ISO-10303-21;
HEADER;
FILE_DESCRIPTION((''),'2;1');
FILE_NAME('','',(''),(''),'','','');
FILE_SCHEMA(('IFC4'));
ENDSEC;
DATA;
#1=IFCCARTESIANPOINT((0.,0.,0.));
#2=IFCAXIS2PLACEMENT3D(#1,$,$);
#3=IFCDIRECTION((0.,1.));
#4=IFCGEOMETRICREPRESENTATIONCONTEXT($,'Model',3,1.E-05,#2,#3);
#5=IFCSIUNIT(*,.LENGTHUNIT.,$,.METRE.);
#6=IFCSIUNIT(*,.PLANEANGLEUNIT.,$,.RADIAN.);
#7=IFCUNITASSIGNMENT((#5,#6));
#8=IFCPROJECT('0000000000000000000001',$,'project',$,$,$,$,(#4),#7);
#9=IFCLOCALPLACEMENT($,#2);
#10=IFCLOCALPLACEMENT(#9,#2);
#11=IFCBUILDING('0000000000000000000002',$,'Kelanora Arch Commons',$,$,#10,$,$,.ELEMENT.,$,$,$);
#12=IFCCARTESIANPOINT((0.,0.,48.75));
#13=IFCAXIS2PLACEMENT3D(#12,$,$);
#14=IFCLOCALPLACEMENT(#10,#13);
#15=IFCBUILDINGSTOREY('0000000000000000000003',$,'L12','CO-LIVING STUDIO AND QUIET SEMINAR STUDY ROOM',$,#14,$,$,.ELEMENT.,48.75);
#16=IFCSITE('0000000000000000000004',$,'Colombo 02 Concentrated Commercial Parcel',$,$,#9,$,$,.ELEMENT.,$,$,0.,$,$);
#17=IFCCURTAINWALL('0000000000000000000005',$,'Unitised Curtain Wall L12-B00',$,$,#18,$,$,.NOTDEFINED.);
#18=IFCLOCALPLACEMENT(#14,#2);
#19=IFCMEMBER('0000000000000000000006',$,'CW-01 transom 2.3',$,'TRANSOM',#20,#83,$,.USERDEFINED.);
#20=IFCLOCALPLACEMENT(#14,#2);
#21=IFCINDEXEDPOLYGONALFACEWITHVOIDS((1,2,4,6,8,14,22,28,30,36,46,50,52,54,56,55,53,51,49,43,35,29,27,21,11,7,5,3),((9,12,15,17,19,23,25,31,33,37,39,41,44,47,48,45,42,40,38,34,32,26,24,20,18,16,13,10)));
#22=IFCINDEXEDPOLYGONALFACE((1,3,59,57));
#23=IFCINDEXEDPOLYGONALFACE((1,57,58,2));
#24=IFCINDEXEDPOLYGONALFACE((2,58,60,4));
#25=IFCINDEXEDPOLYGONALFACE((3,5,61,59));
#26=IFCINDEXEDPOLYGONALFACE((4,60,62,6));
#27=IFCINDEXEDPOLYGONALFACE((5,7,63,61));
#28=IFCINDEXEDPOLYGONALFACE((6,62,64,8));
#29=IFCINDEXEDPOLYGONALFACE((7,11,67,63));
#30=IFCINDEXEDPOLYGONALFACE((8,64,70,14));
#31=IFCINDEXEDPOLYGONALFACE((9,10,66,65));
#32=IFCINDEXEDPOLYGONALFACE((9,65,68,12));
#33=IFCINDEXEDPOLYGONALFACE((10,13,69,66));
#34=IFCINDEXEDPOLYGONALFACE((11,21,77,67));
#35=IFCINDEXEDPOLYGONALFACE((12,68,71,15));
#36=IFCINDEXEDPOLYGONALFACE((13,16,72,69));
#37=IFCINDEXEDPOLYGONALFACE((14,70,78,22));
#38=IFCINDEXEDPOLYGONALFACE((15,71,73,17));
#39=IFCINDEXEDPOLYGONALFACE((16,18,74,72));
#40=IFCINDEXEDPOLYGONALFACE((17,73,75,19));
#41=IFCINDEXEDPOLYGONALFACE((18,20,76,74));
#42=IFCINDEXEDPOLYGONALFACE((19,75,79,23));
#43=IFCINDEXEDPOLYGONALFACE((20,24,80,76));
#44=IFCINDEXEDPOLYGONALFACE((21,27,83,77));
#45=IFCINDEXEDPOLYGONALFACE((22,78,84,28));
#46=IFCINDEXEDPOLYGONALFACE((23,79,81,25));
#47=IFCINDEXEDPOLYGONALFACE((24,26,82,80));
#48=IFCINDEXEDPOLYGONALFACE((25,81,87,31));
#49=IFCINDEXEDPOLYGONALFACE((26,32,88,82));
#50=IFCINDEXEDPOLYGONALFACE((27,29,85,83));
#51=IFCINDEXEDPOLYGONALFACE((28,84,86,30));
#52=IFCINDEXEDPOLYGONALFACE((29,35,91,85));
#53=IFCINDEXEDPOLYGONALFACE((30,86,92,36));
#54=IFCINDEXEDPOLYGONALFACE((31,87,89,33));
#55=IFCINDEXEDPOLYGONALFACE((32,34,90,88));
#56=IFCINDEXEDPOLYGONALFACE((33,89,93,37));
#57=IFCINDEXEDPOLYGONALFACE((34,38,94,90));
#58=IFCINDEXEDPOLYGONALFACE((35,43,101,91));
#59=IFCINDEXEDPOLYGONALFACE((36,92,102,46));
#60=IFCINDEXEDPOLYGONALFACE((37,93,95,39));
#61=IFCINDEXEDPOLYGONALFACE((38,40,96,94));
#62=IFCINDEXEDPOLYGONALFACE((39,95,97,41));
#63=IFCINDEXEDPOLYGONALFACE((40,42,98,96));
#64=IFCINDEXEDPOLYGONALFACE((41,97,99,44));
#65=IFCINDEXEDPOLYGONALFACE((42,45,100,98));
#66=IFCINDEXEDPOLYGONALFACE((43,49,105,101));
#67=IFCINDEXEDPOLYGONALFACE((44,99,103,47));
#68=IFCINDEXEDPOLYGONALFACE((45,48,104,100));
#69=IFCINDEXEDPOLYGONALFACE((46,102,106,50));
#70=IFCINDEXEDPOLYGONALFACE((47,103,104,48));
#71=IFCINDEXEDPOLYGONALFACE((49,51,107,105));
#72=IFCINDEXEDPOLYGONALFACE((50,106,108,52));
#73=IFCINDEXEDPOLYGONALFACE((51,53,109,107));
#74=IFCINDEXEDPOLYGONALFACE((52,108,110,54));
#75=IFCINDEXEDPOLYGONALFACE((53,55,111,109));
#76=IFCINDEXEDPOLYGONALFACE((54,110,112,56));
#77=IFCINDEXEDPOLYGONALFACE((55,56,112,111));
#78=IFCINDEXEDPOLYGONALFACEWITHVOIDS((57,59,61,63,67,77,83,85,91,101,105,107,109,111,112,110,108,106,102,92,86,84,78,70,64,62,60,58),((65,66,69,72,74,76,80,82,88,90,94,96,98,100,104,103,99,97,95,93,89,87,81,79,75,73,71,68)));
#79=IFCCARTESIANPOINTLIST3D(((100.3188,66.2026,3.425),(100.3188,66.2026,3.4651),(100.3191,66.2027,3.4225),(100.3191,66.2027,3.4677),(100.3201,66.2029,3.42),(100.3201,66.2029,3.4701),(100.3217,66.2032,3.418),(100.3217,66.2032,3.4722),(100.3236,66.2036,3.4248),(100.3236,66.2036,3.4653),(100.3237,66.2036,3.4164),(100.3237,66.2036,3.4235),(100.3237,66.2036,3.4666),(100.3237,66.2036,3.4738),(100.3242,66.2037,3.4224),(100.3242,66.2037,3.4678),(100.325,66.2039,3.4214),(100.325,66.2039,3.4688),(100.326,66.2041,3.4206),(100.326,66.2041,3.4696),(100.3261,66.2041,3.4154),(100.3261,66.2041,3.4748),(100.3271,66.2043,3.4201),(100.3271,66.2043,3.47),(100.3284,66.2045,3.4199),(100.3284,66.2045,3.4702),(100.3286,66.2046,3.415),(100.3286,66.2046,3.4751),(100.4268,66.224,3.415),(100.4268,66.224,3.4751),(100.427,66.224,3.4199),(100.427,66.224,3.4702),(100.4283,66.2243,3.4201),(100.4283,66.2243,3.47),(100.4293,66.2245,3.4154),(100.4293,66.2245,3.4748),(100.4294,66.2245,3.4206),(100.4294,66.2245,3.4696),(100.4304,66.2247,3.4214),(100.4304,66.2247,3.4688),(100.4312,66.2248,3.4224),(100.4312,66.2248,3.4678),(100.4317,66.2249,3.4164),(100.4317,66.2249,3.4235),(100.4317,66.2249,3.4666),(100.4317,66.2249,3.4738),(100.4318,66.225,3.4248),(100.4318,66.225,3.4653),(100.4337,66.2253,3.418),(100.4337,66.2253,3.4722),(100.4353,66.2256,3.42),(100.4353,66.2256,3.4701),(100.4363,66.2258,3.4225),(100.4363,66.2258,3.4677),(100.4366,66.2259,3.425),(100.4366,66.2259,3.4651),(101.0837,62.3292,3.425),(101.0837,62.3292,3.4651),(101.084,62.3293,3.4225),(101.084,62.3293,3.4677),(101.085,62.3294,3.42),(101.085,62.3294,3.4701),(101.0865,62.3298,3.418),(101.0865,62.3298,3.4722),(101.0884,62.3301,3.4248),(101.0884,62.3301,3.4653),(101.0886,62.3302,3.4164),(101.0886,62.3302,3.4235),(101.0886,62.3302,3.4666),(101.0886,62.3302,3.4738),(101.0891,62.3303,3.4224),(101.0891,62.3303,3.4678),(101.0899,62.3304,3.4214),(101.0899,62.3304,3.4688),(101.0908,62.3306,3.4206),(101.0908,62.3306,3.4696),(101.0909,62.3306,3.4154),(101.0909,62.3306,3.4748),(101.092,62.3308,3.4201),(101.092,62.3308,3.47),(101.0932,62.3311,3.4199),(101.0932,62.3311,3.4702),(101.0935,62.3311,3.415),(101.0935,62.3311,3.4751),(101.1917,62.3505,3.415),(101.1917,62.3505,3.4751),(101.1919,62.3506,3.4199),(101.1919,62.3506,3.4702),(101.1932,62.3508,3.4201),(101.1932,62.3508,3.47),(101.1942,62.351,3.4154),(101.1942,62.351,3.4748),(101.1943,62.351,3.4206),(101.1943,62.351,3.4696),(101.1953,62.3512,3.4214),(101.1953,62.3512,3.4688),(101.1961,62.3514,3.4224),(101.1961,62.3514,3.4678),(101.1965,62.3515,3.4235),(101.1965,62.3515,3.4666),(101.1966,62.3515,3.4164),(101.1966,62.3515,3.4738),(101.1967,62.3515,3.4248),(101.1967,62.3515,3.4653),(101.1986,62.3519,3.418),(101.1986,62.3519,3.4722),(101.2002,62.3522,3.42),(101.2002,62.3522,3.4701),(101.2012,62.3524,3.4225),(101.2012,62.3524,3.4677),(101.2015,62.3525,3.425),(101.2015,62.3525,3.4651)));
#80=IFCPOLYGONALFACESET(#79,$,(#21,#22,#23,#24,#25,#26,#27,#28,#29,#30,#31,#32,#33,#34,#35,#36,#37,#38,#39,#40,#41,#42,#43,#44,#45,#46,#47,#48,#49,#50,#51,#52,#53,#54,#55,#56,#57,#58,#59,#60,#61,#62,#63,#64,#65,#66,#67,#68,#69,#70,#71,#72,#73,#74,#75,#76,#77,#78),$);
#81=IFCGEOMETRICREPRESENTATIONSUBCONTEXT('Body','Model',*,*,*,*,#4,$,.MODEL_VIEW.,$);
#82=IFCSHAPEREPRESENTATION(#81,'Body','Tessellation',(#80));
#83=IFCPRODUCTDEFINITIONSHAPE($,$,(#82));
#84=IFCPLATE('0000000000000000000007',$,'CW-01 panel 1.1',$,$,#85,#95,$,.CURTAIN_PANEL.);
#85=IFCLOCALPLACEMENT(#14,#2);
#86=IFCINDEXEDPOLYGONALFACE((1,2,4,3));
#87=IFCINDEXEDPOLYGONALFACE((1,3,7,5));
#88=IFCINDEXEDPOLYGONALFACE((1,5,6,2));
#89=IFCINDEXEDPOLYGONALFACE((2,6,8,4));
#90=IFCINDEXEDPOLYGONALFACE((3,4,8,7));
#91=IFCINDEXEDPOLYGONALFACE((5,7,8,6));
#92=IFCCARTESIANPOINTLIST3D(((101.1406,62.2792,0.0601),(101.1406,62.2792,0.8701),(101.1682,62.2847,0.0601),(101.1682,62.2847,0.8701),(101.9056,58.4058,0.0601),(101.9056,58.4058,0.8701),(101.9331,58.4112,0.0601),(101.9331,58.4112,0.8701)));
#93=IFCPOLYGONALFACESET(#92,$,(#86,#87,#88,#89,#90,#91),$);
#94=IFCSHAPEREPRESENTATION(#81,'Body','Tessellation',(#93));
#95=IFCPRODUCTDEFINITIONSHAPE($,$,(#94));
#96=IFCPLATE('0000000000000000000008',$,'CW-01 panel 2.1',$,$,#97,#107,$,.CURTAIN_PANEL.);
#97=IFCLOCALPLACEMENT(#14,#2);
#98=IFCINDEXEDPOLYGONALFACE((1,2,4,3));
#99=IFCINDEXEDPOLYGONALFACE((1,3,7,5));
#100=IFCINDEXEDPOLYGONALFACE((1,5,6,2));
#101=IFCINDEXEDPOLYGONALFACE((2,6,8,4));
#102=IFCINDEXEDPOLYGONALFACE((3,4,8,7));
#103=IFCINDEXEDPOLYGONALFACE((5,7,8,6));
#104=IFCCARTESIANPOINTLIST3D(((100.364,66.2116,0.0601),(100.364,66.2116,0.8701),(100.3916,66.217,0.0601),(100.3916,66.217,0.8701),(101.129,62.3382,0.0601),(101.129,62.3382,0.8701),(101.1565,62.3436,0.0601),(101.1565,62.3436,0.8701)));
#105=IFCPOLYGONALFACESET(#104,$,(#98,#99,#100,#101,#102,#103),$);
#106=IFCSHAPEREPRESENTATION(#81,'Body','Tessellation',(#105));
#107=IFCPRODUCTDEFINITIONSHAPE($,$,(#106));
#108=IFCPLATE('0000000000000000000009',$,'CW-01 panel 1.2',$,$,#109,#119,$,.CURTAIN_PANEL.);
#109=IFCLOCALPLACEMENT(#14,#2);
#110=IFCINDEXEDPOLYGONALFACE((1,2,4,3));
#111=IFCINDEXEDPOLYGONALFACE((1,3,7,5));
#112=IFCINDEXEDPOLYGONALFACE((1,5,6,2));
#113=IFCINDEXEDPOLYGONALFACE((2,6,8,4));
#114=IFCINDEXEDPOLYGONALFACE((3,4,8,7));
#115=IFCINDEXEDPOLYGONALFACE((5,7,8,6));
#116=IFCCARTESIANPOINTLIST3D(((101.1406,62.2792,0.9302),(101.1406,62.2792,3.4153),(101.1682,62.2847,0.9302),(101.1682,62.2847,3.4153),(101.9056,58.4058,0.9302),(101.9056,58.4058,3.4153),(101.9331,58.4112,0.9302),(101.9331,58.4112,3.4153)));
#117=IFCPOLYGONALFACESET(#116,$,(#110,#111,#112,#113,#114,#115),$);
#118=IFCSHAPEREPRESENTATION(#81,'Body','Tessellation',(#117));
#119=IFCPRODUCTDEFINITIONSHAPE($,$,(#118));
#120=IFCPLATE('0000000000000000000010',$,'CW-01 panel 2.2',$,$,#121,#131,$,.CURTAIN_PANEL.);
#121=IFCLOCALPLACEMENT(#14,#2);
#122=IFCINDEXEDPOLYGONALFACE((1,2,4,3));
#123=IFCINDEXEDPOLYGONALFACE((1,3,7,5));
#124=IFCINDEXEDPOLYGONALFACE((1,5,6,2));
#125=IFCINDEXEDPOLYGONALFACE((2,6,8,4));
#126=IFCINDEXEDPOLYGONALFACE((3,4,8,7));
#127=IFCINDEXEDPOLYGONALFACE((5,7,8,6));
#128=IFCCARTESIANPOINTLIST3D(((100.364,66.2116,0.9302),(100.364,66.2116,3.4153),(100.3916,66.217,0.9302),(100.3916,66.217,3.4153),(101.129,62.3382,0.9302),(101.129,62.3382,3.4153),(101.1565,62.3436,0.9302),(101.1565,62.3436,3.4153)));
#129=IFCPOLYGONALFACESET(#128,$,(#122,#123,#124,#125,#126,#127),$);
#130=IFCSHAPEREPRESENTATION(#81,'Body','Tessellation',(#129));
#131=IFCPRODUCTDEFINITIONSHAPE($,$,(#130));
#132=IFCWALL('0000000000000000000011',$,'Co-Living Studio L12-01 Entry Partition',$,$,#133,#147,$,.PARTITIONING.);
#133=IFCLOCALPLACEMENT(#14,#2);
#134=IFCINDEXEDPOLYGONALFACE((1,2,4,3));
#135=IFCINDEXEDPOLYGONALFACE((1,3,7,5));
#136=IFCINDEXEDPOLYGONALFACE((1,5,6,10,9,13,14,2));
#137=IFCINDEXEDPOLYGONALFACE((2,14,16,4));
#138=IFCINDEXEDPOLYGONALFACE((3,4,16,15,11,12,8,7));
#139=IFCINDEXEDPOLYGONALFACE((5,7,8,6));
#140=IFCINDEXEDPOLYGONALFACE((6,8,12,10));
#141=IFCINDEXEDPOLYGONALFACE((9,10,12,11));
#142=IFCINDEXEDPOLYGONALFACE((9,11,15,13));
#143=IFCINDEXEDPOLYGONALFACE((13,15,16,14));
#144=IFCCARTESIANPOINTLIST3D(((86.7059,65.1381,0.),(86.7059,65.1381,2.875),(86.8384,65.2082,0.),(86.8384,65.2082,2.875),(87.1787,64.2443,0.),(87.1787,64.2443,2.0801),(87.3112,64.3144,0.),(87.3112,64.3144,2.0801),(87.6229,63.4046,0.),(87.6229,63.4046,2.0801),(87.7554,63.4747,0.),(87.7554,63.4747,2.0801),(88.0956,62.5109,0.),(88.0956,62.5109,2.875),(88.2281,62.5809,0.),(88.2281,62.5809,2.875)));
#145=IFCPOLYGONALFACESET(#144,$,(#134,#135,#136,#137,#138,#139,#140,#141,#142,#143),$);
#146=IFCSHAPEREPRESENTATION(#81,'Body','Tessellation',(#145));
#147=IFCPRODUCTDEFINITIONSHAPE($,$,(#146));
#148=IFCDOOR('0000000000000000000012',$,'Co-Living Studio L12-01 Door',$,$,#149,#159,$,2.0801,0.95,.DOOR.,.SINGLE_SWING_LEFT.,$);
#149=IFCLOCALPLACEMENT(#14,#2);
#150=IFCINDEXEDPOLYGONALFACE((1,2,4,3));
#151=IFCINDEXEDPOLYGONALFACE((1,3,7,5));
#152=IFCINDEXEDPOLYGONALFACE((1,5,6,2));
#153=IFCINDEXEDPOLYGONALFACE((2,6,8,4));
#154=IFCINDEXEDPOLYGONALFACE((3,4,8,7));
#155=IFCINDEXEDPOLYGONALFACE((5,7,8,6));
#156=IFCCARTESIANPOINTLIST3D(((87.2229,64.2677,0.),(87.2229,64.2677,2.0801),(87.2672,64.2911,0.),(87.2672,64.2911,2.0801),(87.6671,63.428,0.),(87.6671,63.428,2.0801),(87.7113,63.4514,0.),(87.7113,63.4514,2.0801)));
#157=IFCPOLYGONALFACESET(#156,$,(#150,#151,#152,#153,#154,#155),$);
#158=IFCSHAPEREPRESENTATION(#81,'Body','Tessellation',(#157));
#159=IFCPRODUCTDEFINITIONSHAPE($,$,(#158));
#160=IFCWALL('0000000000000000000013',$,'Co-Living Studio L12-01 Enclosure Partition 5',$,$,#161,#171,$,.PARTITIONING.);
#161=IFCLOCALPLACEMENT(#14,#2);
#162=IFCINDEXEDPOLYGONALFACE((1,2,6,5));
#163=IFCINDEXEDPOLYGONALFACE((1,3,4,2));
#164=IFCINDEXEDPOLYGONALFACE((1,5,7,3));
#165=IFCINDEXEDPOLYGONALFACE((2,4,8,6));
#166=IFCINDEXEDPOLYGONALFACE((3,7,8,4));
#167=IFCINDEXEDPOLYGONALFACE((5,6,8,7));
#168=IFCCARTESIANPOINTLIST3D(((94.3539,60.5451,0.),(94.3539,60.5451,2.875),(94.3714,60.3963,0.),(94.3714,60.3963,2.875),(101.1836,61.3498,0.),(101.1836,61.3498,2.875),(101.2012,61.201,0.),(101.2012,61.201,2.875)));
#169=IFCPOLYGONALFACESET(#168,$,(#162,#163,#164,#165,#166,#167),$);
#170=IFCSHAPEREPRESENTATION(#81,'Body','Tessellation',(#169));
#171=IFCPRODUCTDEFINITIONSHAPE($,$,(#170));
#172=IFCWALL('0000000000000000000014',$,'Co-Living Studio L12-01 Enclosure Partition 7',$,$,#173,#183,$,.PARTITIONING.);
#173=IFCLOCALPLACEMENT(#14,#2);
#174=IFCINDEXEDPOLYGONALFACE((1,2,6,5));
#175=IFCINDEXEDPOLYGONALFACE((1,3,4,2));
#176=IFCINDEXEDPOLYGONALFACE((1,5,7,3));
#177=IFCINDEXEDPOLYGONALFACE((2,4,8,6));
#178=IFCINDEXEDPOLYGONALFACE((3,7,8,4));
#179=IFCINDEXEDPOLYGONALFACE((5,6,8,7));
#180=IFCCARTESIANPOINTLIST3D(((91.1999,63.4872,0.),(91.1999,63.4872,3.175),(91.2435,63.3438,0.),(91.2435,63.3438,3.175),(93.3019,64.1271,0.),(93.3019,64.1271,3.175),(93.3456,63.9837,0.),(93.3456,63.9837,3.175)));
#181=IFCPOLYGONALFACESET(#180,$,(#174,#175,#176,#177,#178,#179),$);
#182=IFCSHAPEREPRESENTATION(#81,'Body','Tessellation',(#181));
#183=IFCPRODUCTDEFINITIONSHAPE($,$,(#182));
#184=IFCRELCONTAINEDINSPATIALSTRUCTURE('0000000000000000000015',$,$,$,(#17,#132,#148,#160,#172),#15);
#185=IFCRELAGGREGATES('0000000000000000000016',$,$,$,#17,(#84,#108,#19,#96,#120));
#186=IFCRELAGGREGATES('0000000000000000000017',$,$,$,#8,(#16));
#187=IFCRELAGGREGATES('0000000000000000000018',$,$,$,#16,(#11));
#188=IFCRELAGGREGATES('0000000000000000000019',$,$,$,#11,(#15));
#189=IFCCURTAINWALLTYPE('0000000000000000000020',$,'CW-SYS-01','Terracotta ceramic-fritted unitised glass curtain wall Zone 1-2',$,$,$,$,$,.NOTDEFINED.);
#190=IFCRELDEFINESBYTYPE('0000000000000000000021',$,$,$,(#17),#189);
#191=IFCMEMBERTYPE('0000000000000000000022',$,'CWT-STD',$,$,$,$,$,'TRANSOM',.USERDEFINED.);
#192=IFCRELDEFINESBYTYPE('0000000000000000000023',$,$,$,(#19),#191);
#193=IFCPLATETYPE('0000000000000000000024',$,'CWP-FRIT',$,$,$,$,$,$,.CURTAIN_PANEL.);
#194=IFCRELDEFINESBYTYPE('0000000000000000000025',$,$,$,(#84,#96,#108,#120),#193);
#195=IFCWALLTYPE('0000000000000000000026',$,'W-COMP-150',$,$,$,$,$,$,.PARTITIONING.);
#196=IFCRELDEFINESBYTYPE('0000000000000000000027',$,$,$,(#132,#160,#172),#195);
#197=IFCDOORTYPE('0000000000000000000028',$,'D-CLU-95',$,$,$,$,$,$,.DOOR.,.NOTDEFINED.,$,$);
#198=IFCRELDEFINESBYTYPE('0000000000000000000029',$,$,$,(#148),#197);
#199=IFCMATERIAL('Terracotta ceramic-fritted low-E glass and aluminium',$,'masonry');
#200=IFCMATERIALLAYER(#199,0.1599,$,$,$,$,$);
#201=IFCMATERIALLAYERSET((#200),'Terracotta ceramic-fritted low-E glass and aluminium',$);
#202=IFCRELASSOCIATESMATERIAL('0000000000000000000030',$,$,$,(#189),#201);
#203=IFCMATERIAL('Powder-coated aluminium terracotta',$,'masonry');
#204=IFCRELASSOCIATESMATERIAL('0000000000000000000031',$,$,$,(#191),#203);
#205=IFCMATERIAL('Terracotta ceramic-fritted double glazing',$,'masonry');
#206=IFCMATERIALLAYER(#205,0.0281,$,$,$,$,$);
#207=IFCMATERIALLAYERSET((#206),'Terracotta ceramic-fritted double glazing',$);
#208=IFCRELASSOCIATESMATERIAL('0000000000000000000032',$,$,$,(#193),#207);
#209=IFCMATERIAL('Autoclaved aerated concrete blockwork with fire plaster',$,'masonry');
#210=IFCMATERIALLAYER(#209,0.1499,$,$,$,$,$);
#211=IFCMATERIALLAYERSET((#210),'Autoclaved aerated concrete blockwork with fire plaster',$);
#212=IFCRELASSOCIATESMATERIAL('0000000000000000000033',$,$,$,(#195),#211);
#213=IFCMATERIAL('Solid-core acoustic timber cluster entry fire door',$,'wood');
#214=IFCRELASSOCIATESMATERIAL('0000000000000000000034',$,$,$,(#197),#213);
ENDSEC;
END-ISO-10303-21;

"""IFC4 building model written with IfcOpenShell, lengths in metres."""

from ifc_helpers import new_model, si_unit, direction, frame, frame_2d, origin, origin_2d, place, context, subcontext, project, spatial, rectangle, hollow_rectangle, extrude, source, transform, mapped, material, layer, layer_set, material_profile, profile_set, type_object, element, fill, aggregate, save


model = new_model("IFC4")

# Units and contexts
model_context = context("Model", 3, precision=1e-05, world=origin(), true_north=direction((0.0, 1.0)))
body_context = subcontext(model_context, "Body", "Model", "MODEL_VIEW")
ifc_project = project(units=[si_unit("LENGTHUNIT", "METRE"), si_unit("PLANEANGLEUNIT", "RADIAN")], contexts=[model_context])

# Site, building, storey
site_placement = place(None, origin())
site = spatial("IfcSite", under=ifc_project, at=site_placement, Name="Colombo 02 Concentrated Commercial Parcel", CompositionType="ELEMENT", RefElevation=0.0)
building_placement = place(site_placement, origin())
building = spatial("IfcBuilding", under=site, at=building_placement, Name="Kelanora Arch Commons", CompositionType="ELEMENT")
storey_placement = place(building_placement, frame((0.0, 0.0, 48.75)))
storey = spatial("IfcBuildingStorey", under=building, at=storey_placement, Name="L12", Description="CO-LIVING STUDIO AND QUIET SEMINAR STUDY ROOM", CompositionType="ELEMENT", Elevation=48.75)

# Curtain wall, member, plates
ifc_material_1 = material(Name="Terracotta ceramic-fritted low-E glass and aluminium", Category="masonry")
ifc_layer_1 = layer(ifc_material_1, 0.1599)
ifc_layer_set_1 = layer_set([ifc_layer_1], Name="Terracotta ceramic-fritted low-E glass and aluminium")
curtain_wall_type = type_object("IfcCurtainWallType", Name="CW-SYS-01", Description="Terracotta ceramic-fritted unitised glass curtain wall Zone 1-2", PredefinedType="NOTDEFINED", material=ifc_layer_set_1)
curtain_wall_placement = place(storey_placement, origin())
curtain_wall = element("IfcCurtainWall", 1, at=curtain_wall_placement, inside=storey, type_object=curtain_wall_type, Name="Unitised Curtain Wall L12-B00", PredefinedType="NOTDEFINED")
ifc_material_2 = material(Name="Powder-coated aluminium terracotta", Category="masonry")
ifc_material_profile_1 = material_profile(ifc_material_2, hollow_rectangle(XDim=0.1201, YDim=0.0601, WallThickness=0.0049, InnerFilletRadius=0.0049, OuterFilletRadius=0.01, at=origin_2d()), Name="CWT120x60")
ifc_profile_set_1 = profile_set([ifc_material_profile_1], Name="Powder-coated aluminium terracotta")
member_type_1 = type_object("IfcMemberType", Name="CWT-STD", ElementType="TRANSOM", PredefinedType="USERDEFINED", material=ifc_profile_set_1)
member_1_placement = place(storey_placement, frame((101.1426, 62.3408, 3.4451), z_axis=(-0.193725, 0.981056, 0.0), x_axis=(-0.981056, -0.193725, 0.0)))
member_1 = element("IfcMember", 2, at=member_1_placement, type_object=member_type_1, Name="CW-01 transom 2.3", ObjectType="TRANSOM", PredefinedType="USERDEFINED", context=body_context, shape_type="SweptSolid", body=[
    extrude(hollow_rectangle(XDim=0.1201, YDim=0.0601, WallThickness=0.0049, InnerFilletRadius=0.0049, OuterFilletRadius=0.01, at=origin_2d()), origin(), (0.0, 0.0, 1.0), 3.9482),
])
ifc_material_3 = material(Name="Terracotta ceramic-fritted double glazing", Category="masonry")
ifc_layer_2 = layer(ifc_material_3, 0.0281)
ifc_layer_set_2 = layer_set([ifc_layer_2], Name="Terracotta ceramic-fritted double glazing")
plate_type = type_object("IfcPlateType", Name="CWP-FRIT", PredefinedType="CURTAIN_PANEL", material=ifc_layer_set_2)
shared_shape_1 = source(origin(), body_context, "Body", "SweptSolid", [
    extrude(rectangle(XDim=3.9482, YDim=0.0281, at=origin_2d()), origin(), (0.0, 0.0, 1.0), 0.8101),
])
plate_1_placement = place(storey_placement, frame((101.5369, 60.3452, 0.0601), z_axis=(0.0, 0.0, 1.0), x_axis=(-0.193744, 0.981052, 0.0)))
plate_1 = element("IfcPlate", 3, at=plate_1_placement, type_object=plate_type, Name="CW-01 panel 1.1", PredefinedType="CURTAIN_PANEL", context=body_context, shape_type="MappedRepresentation", body=[
    mapped(shared_shape_1, transform((0.0, 0.0, 0.0), scale=1.0)),
])
plate_2_placement = place(storey_placement, frame((100.7603, 64.2776, 0.0601), z_axis=(0.0, 0.0, 1.0), x_axis=(-0.193744, 0.981052, 0.0)))
plate_2 = element("IfcPlate", 4, at=plate_2_placement, type_object=plate_type, Name="CW-01 panel 2.1", PredefinedType="CURTAIN_PANEL", context=body_context, shape_type="MappedRepresentation", body=[
    mapped(shared_shape_1, transform((0.0, 0.0, 0.0), scale=1.0)),
])
shared_shape_2 = source(origin(), body_context, "Body", "SweptSolid", [
    extrude(rectangle(XDim=3.9482, YDim=0.0281, at=origin_2d()), origin(), (0.0, 0.0, 1.0), 2.4851),
])
plate_3_placement = place(storey_placement, frame((101.5369, 60.3452, 0.9302), z_axis=(0.0, 0.0, 1.0), x_axis=(-0.193744, 0.981052, 0.0)))
plate_3 = element("IfcPlate", 5, at=plate_3_placement, type_object=plate_type, Name="CW-01 panel 1.2", PredefinedType="CURTAIN_PANEL", context=body_context, shape_type="MappedRepresentation", body=[
    mapped(shared_shape_2, transform((0.0, 0.0, 0.0), scale=1.0)),
])
plate_4_placement = place(storey_placement, frame((100.7603, 64.2776, 0.9302), z_axis=(0.0, 0.0, 1.0), x_axis=(-0.193744, 0.981052, 0.0)))
plate_4 = element("IfcPlate", 6, at=plate_4_placement, type_object=plate_type, Name="CW-01 panel 2.2", PredefinedType="CURTAIN_PANEL", context=body_context, shape_type="MappedRepresentation", body=[
    mapped(shared_shape_2, transform((0.0, 0.0, 0.0), scale=1.0)),
])
aggregate(curtain_wall, [plate_1, plate_3, member_1, plate_2, plate_4])

# Wall, opening, door
ifc_material_4 = material(Name="Autoclaved aerated concrete blockwork with fire plaster", Category="masonry")
ifc_layer_3 = layer(ifc_material_4, 0.1499)
ifc_layer_set_3 = layer_set([ifc_layer_3], Name="Autoclaved aerated concrete blockwork with fire plaster")
wall_type_1 = type_object("IfcWallType", Name="W-COMP-150", PredefinedType="PARTITIONING", material=ifc_layer_set_3)
wall_1_placement = place(storey_placement, frame((88.1619, 62.5459, 0.0), z_axis=(0.0, 0.0, 1.0), x_axis=(-0.467567, 0.883958, 0.0)))
wall_1 = element("IfcWall", 7, at=wall_1_placement, inside=storey, type_object=wall_type_1, Name="Co-Living Studio L12-01 Entry Partition", PredefinedType="PARTITIONING", context=body_context, shape_type="SweptSolid", body=[
    extrude(rectangle(XDim=2.9722, YDim=0.1499, at=frame_2d((1.4861, 0.0))), origin(), (0.0, 0.0, 1.0), 2.875),
])
opening_1_placement = place(wall_1_placement, frame((1.011, 0.0, 0.0)))
opening_1 = element("IfcOpeningElement", 8, at=opening_1_placement, cuts=wall_1, PredefinedType="OPENING", context=body_context, shape_type="SweptSolid", body=[
    extrude(rectangle(XDim=0.95, YDim=2.0801, at=frame_2d((0.4751, 1.04))), frame((0.0, 0.085, 0.0), z_axis=(0.0, -1.0, 0.0), x_axis=(1.0, 0.0, 0.0)), (0.0, 0.0, 1.0), 0.1699),
])
ifc_material_5 = material(Name="Solid-core acoustic timber cluster entry fire door", Category="wood")
door_type_1 = type_object("IfcDoorType", Name="D-CLU-95", OperationType="NOTDEFINED", PredefinedType="DOOR", material=ifc_material_5)
door_1_placement = place(opening_1_placement, origin())
door_1 = element("IfcDoor", 9, at=door_1_placement, inside=storey, type_object=door_type_1, Name="Co-Living Studio L12-01 Door", OperationType="SINGLE_SWING_LEFT", OverallHeight=2.0801, OverallWidth=0.95, PredefinedType="DOOR", context=body_context, shape_type="SweptSolid", body=[
    extrude(rectangle(XDim=0.95, YDim=2.0801, at=frame_2d((0.4751, 1.04))), frame((0.0, 0.0249, 0.0), z_axis=(0.0, -1.0, 0.0), x_axis=(1.0, 0.0, 0.0)), (0.0, 0.0, 1.0), 0.05),
])
fill(opening_1, door_1)

# Walls
wall_2_placement = place(storey_placement, frame((101.1924, 61.2754, 0.0), z_axis=(0.0, 0.0, 1.0), x_axis=(-0.99313, -0.117014, 0.0)))
element("IfcWall", 10, at=wall_2_placement, inside=storey, type_object=wall_type_1, Name="Co-Living Studio L12-01 Enclosure Partition 5", PredefinedType="PARTITIONING", context=body_context, shape_type="SweptSolid", body=[
    extrude(rectangle(XDim=6.877, YDim=0.1499, at=frame_2d((3.4385, 0.0))), origin(), (0.0, 0.0, 1.0), 2.875),
])
wall_3_placement = place(storey_placement, frame((93.3237, 64.0554, 0.0), z_axis=(0.0, 0.0, 1.0), x_axis=(-0.956656, -0.291219, 0.0)))
element("IfcWall", 11, at=wall_3_placement, inside=storey, type_object=wall_type_1, Name="Co-Living Studio L12-01 Enclosure Partition 7", PredefinedType="PARTITIONING", context=body_context, shape_type="SweptSolid", body=[
    extrude(rectangle(XDim=2.1973, YDim=0.1499, at=frame_2d((1.0986, 0.0))), origin(), (0.0, 0.0, 1.0), 3.175),
])

save(model, "model.ifc")
